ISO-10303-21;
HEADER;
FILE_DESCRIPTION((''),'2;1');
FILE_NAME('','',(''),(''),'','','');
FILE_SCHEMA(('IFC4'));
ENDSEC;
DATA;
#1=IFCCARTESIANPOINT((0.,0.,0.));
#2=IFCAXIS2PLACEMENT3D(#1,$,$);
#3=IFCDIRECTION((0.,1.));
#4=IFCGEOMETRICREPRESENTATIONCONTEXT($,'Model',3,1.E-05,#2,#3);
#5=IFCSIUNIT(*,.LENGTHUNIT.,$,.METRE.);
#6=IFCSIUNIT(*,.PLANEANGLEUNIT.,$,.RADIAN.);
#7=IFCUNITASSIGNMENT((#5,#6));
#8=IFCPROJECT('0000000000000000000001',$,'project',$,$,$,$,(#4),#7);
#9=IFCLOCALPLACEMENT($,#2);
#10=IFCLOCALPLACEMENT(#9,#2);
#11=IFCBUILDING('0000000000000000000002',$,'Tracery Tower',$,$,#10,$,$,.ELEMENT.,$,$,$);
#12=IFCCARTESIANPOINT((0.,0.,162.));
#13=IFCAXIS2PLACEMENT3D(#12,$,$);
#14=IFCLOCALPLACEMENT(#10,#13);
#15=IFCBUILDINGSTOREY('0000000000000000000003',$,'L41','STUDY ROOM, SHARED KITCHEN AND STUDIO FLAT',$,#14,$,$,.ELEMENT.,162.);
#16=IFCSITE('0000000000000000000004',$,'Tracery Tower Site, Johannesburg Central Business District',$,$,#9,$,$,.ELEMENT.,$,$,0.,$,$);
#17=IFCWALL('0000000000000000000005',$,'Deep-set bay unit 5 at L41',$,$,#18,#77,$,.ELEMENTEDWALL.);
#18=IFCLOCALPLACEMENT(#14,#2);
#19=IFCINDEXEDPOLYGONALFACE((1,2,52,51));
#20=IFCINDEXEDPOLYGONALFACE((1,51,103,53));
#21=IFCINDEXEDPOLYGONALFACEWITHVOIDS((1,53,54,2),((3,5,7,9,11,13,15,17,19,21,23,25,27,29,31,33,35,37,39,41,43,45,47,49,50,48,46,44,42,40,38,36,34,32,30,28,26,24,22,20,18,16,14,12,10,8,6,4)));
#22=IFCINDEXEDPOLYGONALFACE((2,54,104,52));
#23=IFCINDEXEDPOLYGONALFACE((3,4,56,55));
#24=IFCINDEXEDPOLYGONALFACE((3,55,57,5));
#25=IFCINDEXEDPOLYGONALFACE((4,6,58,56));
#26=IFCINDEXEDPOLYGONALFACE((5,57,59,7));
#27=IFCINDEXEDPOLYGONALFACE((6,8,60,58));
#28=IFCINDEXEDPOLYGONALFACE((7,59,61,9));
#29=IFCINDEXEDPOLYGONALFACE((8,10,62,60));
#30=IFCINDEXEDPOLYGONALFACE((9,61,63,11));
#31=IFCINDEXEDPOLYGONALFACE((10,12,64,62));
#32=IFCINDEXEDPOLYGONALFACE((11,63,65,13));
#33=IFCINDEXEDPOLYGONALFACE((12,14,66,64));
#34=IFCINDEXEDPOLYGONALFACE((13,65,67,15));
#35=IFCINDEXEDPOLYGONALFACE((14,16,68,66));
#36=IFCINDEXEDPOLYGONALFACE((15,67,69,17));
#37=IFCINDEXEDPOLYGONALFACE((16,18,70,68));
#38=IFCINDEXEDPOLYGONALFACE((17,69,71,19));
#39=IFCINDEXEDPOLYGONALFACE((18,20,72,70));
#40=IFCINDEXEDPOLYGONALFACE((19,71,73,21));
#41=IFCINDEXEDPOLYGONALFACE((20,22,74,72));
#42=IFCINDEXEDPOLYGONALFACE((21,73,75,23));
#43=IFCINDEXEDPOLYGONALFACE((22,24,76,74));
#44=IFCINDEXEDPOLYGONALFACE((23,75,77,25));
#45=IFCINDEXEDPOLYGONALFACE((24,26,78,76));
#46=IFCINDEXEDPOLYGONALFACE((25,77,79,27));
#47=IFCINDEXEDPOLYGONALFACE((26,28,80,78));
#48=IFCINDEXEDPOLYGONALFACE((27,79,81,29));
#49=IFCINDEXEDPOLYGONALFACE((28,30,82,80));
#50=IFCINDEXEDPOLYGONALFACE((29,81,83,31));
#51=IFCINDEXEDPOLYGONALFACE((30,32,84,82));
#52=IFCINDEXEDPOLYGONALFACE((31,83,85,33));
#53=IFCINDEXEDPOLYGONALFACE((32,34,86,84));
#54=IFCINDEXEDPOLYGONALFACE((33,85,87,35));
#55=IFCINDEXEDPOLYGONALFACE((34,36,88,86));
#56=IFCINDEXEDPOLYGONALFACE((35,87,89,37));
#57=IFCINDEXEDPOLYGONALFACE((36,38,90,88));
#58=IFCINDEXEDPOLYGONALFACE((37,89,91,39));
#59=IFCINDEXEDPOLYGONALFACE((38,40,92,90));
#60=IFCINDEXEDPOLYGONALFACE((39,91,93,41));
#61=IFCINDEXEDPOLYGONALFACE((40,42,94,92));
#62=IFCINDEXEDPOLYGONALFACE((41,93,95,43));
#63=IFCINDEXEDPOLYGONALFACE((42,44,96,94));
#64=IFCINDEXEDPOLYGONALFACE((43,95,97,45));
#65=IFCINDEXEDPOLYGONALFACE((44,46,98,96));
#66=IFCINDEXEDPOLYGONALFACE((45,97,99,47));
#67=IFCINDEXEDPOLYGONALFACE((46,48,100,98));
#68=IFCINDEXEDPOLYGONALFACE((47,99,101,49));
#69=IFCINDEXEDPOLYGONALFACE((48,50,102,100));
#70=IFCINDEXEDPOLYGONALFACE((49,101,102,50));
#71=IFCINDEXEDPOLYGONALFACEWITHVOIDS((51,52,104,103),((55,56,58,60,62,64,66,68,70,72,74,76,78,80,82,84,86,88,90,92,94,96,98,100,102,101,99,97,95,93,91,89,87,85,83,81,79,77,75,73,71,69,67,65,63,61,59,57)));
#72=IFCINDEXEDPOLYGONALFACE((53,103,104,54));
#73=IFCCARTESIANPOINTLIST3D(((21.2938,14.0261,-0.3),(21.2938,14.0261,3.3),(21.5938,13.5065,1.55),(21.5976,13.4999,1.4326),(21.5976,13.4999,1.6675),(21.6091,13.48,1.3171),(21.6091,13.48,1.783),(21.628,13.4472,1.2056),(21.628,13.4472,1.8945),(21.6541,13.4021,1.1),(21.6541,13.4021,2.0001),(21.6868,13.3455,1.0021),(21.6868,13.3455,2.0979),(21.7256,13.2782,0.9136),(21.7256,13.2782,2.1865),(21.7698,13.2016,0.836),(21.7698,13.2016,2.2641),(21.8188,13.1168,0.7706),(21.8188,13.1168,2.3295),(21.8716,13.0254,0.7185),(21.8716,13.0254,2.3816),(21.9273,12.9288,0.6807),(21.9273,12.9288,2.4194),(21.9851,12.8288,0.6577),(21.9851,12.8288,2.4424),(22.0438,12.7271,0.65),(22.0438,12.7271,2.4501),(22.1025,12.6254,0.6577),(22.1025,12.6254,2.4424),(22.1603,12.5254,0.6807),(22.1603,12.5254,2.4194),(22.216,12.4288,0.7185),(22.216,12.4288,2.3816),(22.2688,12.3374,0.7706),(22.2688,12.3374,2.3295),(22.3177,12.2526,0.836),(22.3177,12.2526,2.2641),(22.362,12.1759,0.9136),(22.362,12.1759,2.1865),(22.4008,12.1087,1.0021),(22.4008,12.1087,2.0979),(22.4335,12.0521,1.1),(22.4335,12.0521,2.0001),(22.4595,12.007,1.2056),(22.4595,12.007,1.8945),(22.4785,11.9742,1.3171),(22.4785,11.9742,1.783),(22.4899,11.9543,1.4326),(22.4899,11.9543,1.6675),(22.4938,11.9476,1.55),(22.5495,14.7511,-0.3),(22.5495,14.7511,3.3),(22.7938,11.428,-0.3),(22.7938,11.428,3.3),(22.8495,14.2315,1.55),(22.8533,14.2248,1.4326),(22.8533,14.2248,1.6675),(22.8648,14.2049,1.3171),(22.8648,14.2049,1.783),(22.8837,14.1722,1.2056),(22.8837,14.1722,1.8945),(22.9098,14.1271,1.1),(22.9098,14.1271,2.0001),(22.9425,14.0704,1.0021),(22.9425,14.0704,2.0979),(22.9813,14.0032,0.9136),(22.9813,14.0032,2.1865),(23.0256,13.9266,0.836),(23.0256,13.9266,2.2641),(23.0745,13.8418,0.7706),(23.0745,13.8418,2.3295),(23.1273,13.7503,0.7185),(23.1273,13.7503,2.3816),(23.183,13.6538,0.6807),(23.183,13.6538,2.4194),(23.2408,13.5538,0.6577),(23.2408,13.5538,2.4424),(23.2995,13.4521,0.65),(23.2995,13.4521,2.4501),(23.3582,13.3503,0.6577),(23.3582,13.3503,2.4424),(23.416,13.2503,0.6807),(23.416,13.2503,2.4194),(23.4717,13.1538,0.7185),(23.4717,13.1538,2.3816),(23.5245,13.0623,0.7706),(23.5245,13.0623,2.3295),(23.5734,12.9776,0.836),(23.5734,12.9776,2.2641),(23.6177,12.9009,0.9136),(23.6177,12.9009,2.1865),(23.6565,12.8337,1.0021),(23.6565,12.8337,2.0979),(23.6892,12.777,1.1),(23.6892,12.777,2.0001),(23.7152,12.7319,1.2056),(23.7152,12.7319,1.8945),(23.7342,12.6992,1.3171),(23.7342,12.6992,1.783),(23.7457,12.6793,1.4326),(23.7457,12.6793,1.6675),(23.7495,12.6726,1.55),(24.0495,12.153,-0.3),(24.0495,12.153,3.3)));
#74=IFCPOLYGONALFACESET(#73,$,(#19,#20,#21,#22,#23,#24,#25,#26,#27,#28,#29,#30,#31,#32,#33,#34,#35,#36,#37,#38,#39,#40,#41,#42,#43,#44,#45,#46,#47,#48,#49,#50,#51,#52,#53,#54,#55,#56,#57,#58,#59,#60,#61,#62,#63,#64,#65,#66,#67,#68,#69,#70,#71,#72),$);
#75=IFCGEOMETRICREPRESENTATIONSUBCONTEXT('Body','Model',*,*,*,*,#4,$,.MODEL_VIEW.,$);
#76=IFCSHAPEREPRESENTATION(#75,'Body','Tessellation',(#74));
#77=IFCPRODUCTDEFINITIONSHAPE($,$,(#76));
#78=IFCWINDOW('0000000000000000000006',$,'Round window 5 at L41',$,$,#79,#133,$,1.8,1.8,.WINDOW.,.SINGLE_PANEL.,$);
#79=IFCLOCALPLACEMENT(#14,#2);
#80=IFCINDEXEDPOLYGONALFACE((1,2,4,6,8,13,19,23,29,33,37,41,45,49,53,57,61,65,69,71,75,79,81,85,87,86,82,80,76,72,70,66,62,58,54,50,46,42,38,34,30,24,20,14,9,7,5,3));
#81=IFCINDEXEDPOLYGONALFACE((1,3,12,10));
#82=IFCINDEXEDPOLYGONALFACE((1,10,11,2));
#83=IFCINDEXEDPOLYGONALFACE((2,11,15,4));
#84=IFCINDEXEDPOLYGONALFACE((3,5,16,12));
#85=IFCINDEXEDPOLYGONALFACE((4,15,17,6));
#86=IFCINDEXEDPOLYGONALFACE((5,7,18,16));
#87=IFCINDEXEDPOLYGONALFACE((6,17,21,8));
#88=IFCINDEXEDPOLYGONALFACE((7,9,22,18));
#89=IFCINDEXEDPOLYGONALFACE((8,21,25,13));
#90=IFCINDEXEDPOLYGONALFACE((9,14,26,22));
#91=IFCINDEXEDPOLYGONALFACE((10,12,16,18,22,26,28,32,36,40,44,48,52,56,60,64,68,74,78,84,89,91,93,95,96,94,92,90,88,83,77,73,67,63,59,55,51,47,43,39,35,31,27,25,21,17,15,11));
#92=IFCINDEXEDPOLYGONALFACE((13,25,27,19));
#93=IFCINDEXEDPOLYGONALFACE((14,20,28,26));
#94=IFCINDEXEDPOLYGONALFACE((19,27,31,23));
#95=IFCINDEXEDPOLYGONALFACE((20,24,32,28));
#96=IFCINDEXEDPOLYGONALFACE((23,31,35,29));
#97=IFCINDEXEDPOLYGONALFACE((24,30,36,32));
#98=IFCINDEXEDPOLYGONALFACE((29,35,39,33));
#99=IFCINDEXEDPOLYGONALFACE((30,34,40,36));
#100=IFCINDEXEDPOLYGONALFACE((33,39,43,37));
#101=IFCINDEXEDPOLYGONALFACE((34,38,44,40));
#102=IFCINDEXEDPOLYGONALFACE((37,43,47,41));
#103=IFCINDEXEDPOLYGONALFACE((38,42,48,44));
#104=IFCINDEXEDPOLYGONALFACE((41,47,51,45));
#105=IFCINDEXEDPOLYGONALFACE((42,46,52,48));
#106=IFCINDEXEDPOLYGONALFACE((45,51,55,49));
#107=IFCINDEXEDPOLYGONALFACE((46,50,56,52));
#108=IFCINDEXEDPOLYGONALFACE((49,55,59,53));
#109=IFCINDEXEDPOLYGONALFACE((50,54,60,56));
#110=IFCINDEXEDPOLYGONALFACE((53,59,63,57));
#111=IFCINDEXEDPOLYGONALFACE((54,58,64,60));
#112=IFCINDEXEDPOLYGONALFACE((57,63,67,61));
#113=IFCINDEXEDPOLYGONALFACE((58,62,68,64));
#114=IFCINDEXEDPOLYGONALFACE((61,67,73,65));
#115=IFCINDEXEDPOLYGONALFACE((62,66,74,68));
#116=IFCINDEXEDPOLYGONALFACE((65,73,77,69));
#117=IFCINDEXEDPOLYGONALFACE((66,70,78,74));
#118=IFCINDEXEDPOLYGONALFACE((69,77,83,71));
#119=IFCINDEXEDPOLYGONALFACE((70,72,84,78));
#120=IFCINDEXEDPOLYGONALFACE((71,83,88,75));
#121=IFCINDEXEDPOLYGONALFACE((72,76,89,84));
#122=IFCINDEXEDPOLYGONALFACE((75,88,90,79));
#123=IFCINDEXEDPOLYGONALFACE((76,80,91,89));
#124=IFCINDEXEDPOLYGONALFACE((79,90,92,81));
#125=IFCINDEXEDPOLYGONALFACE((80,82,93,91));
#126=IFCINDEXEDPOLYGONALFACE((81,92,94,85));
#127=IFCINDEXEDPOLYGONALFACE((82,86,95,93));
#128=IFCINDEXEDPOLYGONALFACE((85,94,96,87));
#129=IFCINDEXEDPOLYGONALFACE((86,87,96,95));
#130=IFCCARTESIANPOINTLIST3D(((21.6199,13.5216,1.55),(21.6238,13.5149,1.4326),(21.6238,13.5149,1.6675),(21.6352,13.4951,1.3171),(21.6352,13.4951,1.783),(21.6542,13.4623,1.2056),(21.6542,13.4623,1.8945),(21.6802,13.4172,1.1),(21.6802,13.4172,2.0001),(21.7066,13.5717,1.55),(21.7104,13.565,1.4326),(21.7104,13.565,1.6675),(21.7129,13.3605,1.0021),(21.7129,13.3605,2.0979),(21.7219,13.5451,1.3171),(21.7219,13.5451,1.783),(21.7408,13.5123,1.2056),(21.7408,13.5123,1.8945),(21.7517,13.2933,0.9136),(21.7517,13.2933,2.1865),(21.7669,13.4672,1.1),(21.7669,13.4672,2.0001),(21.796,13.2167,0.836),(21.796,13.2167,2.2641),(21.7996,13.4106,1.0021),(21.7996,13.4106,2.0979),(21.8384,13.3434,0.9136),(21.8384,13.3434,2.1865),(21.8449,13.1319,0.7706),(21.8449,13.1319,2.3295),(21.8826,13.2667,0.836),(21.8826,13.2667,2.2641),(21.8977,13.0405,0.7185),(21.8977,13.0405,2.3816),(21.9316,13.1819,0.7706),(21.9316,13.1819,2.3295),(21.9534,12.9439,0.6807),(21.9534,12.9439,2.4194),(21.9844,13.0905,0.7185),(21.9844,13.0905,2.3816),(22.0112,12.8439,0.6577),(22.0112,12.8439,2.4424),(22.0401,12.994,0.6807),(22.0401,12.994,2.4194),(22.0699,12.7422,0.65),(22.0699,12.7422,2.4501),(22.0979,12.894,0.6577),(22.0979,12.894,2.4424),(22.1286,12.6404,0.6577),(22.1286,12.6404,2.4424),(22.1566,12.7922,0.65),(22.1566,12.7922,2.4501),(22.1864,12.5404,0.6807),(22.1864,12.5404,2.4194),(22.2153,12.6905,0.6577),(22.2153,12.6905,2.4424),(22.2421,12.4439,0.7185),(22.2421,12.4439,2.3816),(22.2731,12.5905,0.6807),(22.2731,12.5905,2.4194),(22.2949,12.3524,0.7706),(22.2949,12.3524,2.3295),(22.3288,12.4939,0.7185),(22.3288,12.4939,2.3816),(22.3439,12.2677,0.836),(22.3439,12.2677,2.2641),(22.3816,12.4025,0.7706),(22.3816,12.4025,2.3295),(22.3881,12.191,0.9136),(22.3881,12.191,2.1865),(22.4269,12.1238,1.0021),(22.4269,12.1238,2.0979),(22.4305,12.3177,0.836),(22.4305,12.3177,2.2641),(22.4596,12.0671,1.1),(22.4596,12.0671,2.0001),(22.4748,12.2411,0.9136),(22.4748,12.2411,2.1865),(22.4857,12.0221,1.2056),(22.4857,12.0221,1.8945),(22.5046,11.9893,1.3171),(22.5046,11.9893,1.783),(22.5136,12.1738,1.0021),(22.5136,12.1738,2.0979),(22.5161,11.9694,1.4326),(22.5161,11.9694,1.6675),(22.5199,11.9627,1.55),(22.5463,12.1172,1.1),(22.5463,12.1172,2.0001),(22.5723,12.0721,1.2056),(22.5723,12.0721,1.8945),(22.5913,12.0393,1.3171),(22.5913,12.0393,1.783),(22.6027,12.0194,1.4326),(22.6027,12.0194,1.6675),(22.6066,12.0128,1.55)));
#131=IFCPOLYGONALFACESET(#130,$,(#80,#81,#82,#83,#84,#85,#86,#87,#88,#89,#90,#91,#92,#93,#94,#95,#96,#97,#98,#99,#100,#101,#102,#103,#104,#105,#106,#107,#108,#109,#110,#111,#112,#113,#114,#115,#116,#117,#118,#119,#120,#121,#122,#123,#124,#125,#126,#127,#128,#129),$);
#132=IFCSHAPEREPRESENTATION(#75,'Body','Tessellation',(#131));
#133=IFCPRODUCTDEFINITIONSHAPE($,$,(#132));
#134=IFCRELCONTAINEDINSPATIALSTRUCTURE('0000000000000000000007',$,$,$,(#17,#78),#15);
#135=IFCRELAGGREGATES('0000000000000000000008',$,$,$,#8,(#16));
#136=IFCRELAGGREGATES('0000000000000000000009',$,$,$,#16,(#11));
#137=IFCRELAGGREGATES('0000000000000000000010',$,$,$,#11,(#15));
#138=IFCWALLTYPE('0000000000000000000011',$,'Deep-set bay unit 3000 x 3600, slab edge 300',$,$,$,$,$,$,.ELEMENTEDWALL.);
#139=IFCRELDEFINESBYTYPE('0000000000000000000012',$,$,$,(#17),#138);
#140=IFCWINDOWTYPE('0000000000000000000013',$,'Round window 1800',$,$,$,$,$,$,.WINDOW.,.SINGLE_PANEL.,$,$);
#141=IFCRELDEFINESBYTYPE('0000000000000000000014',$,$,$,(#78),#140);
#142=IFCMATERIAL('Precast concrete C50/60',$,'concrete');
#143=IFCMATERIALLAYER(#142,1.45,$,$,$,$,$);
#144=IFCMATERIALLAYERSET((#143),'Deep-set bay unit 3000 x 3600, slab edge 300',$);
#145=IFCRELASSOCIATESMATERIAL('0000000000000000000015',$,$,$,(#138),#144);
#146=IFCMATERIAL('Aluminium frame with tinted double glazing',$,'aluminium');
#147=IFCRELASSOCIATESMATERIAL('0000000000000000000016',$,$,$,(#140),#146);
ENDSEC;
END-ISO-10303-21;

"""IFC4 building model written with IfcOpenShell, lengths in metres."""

from ifc_helpers import new_model, si_unit, direction, frame, frame_2d, origin, origin_2d, place, context, subcontext, project, spatial, rectangle, circle, extrude, material, layer, layer_set, type_object, element, fill, save


model = new_model("IFC4")

# Units and contexts
model_context = context("Model", 3, precision=1e-05, world=origin(), true_north=direction((0.0, 1.0)))
body_context = subcontext(model_context, "Body", "Model", "MODEL_VIEW")
ifc_project = project(units=[si_unit("LENGTHUNIT", "METRE"), si_unit("PLANEANGLEUNIT", "RADIAN")], contexts=[model_context])

# Site, building, storey
site_placement = place(None, origin())
site = spatial("IfcSite", under=ifc_project, at=site_placement, Name="Tracery Tower Site, Johannesburg Central Business District", CompositionType="ELEMENT", RefElevation=0.0)
building_placement = place(site_placement, origin())
building = spatial("IfcBuilding", under=site, at=building_placement, Name="Tracery Tower", CompositionType="ELEMENT")
storey_placement = place(building_placement, frame((0.0, 0.0, 162.0)))
storey = spatial("IfcBuildingStorey", under=building, at=storey_placement, Name="L41", Description="STUDY ROOM, SHARED KITCHEN AND STUDIO FLAT", CompositionType="ELEMENT", Elevation=162.0)

# Wall, opening, window
ifc_material_1 = material(Name="Precast concrete C50/60", Category="concrete")
ifc_layer_1 = layer(ifc_material_1, 1.45)
ifc_layer_set_1 = layer_set([ifc_layer_1], Name="Deep-set bay unit 3000 x 3600, slab edge 300")
wall_type_1 = type_object("IfcWallType", Name="Deep-set bay unit 3000 x 3600, slab edge 300", PredefinedType="ELEMENTEDWALL", material=ifc_layer_set_1)
ifc_material_2 = material(Name="Aluminium frame with tinted double glazing", Category="aluminium")
window_type = type_object("IfcWindowType", Name="Round window 1800", PartitioningType="SINGLE_PANEL", PredefinedType="WINDOW", material=ifc_material_2)
wall_1_placement = place(storey_placement, frame((23.4216, 11.7905, -0.3), z_axis=(0.0, 0.0, 1.0), x_axis=(-0.49999, 0.866031, 0.0)))
wall_1 = element("IfcWall", 1, at=wall_1_placement, inside=storey, type_object=wall_type_1, Name="Deep-set bay unit 5 at L41", PredefinedType="ELEMENTEDWALL", context=body_context, shape_type="SweptSolid", body=[
    extrude(rectangle(XDim=3.0, YDim=1.45, at=frame_2d((1.5, 0.0))), origin(), (0.0, 0.0, 1.0), 3.6001),
])
opening_1_placement = place(wall_1_placement, frame((1.5, 0.0, 1.8501)))
opening_1 = element("IfcOpeningElement", 2, at=opening_1_placement, cuts=wall_1, PredefinedType="OPENING", context=body_context, shape_type="SweptSolid", body=[
    extrude(circle(Radius=0.9, at=origin_2d()), frame((0.0, 0.7349, 0.0), z_axis=(0.0, -1.0, 0.0), x_axis=(1.0, 0.0, 0.0)), (0.0, 0.0, 1.0), 1.47),
])
window_1_placement = place(opening_1_placement, origin())
window_1 = element("IfcWindow", 3, at=window_1_placement, inside=storey, type_object=window_type, Name="Round window 5 at L41", OverallHeight=1.8, OverallWidth=1.8, PartitioningType="SINGLE_PANEL", PredefinedType="WINDOW", context=body_context, shape_type="SweptSolid", body=[
    extrude(circle(Radius=0.9, at=origin_2d()), frame((0.0, 0.6948, 0.0), z_axis=(0.0, -1.0, 0.0), x_axis=(1.0, 0.0, 0.0)), (0.0, 0.0, 1.0), 0.1001),
])
fill(opening_1, window_1)

save(model, "model.ifc")
